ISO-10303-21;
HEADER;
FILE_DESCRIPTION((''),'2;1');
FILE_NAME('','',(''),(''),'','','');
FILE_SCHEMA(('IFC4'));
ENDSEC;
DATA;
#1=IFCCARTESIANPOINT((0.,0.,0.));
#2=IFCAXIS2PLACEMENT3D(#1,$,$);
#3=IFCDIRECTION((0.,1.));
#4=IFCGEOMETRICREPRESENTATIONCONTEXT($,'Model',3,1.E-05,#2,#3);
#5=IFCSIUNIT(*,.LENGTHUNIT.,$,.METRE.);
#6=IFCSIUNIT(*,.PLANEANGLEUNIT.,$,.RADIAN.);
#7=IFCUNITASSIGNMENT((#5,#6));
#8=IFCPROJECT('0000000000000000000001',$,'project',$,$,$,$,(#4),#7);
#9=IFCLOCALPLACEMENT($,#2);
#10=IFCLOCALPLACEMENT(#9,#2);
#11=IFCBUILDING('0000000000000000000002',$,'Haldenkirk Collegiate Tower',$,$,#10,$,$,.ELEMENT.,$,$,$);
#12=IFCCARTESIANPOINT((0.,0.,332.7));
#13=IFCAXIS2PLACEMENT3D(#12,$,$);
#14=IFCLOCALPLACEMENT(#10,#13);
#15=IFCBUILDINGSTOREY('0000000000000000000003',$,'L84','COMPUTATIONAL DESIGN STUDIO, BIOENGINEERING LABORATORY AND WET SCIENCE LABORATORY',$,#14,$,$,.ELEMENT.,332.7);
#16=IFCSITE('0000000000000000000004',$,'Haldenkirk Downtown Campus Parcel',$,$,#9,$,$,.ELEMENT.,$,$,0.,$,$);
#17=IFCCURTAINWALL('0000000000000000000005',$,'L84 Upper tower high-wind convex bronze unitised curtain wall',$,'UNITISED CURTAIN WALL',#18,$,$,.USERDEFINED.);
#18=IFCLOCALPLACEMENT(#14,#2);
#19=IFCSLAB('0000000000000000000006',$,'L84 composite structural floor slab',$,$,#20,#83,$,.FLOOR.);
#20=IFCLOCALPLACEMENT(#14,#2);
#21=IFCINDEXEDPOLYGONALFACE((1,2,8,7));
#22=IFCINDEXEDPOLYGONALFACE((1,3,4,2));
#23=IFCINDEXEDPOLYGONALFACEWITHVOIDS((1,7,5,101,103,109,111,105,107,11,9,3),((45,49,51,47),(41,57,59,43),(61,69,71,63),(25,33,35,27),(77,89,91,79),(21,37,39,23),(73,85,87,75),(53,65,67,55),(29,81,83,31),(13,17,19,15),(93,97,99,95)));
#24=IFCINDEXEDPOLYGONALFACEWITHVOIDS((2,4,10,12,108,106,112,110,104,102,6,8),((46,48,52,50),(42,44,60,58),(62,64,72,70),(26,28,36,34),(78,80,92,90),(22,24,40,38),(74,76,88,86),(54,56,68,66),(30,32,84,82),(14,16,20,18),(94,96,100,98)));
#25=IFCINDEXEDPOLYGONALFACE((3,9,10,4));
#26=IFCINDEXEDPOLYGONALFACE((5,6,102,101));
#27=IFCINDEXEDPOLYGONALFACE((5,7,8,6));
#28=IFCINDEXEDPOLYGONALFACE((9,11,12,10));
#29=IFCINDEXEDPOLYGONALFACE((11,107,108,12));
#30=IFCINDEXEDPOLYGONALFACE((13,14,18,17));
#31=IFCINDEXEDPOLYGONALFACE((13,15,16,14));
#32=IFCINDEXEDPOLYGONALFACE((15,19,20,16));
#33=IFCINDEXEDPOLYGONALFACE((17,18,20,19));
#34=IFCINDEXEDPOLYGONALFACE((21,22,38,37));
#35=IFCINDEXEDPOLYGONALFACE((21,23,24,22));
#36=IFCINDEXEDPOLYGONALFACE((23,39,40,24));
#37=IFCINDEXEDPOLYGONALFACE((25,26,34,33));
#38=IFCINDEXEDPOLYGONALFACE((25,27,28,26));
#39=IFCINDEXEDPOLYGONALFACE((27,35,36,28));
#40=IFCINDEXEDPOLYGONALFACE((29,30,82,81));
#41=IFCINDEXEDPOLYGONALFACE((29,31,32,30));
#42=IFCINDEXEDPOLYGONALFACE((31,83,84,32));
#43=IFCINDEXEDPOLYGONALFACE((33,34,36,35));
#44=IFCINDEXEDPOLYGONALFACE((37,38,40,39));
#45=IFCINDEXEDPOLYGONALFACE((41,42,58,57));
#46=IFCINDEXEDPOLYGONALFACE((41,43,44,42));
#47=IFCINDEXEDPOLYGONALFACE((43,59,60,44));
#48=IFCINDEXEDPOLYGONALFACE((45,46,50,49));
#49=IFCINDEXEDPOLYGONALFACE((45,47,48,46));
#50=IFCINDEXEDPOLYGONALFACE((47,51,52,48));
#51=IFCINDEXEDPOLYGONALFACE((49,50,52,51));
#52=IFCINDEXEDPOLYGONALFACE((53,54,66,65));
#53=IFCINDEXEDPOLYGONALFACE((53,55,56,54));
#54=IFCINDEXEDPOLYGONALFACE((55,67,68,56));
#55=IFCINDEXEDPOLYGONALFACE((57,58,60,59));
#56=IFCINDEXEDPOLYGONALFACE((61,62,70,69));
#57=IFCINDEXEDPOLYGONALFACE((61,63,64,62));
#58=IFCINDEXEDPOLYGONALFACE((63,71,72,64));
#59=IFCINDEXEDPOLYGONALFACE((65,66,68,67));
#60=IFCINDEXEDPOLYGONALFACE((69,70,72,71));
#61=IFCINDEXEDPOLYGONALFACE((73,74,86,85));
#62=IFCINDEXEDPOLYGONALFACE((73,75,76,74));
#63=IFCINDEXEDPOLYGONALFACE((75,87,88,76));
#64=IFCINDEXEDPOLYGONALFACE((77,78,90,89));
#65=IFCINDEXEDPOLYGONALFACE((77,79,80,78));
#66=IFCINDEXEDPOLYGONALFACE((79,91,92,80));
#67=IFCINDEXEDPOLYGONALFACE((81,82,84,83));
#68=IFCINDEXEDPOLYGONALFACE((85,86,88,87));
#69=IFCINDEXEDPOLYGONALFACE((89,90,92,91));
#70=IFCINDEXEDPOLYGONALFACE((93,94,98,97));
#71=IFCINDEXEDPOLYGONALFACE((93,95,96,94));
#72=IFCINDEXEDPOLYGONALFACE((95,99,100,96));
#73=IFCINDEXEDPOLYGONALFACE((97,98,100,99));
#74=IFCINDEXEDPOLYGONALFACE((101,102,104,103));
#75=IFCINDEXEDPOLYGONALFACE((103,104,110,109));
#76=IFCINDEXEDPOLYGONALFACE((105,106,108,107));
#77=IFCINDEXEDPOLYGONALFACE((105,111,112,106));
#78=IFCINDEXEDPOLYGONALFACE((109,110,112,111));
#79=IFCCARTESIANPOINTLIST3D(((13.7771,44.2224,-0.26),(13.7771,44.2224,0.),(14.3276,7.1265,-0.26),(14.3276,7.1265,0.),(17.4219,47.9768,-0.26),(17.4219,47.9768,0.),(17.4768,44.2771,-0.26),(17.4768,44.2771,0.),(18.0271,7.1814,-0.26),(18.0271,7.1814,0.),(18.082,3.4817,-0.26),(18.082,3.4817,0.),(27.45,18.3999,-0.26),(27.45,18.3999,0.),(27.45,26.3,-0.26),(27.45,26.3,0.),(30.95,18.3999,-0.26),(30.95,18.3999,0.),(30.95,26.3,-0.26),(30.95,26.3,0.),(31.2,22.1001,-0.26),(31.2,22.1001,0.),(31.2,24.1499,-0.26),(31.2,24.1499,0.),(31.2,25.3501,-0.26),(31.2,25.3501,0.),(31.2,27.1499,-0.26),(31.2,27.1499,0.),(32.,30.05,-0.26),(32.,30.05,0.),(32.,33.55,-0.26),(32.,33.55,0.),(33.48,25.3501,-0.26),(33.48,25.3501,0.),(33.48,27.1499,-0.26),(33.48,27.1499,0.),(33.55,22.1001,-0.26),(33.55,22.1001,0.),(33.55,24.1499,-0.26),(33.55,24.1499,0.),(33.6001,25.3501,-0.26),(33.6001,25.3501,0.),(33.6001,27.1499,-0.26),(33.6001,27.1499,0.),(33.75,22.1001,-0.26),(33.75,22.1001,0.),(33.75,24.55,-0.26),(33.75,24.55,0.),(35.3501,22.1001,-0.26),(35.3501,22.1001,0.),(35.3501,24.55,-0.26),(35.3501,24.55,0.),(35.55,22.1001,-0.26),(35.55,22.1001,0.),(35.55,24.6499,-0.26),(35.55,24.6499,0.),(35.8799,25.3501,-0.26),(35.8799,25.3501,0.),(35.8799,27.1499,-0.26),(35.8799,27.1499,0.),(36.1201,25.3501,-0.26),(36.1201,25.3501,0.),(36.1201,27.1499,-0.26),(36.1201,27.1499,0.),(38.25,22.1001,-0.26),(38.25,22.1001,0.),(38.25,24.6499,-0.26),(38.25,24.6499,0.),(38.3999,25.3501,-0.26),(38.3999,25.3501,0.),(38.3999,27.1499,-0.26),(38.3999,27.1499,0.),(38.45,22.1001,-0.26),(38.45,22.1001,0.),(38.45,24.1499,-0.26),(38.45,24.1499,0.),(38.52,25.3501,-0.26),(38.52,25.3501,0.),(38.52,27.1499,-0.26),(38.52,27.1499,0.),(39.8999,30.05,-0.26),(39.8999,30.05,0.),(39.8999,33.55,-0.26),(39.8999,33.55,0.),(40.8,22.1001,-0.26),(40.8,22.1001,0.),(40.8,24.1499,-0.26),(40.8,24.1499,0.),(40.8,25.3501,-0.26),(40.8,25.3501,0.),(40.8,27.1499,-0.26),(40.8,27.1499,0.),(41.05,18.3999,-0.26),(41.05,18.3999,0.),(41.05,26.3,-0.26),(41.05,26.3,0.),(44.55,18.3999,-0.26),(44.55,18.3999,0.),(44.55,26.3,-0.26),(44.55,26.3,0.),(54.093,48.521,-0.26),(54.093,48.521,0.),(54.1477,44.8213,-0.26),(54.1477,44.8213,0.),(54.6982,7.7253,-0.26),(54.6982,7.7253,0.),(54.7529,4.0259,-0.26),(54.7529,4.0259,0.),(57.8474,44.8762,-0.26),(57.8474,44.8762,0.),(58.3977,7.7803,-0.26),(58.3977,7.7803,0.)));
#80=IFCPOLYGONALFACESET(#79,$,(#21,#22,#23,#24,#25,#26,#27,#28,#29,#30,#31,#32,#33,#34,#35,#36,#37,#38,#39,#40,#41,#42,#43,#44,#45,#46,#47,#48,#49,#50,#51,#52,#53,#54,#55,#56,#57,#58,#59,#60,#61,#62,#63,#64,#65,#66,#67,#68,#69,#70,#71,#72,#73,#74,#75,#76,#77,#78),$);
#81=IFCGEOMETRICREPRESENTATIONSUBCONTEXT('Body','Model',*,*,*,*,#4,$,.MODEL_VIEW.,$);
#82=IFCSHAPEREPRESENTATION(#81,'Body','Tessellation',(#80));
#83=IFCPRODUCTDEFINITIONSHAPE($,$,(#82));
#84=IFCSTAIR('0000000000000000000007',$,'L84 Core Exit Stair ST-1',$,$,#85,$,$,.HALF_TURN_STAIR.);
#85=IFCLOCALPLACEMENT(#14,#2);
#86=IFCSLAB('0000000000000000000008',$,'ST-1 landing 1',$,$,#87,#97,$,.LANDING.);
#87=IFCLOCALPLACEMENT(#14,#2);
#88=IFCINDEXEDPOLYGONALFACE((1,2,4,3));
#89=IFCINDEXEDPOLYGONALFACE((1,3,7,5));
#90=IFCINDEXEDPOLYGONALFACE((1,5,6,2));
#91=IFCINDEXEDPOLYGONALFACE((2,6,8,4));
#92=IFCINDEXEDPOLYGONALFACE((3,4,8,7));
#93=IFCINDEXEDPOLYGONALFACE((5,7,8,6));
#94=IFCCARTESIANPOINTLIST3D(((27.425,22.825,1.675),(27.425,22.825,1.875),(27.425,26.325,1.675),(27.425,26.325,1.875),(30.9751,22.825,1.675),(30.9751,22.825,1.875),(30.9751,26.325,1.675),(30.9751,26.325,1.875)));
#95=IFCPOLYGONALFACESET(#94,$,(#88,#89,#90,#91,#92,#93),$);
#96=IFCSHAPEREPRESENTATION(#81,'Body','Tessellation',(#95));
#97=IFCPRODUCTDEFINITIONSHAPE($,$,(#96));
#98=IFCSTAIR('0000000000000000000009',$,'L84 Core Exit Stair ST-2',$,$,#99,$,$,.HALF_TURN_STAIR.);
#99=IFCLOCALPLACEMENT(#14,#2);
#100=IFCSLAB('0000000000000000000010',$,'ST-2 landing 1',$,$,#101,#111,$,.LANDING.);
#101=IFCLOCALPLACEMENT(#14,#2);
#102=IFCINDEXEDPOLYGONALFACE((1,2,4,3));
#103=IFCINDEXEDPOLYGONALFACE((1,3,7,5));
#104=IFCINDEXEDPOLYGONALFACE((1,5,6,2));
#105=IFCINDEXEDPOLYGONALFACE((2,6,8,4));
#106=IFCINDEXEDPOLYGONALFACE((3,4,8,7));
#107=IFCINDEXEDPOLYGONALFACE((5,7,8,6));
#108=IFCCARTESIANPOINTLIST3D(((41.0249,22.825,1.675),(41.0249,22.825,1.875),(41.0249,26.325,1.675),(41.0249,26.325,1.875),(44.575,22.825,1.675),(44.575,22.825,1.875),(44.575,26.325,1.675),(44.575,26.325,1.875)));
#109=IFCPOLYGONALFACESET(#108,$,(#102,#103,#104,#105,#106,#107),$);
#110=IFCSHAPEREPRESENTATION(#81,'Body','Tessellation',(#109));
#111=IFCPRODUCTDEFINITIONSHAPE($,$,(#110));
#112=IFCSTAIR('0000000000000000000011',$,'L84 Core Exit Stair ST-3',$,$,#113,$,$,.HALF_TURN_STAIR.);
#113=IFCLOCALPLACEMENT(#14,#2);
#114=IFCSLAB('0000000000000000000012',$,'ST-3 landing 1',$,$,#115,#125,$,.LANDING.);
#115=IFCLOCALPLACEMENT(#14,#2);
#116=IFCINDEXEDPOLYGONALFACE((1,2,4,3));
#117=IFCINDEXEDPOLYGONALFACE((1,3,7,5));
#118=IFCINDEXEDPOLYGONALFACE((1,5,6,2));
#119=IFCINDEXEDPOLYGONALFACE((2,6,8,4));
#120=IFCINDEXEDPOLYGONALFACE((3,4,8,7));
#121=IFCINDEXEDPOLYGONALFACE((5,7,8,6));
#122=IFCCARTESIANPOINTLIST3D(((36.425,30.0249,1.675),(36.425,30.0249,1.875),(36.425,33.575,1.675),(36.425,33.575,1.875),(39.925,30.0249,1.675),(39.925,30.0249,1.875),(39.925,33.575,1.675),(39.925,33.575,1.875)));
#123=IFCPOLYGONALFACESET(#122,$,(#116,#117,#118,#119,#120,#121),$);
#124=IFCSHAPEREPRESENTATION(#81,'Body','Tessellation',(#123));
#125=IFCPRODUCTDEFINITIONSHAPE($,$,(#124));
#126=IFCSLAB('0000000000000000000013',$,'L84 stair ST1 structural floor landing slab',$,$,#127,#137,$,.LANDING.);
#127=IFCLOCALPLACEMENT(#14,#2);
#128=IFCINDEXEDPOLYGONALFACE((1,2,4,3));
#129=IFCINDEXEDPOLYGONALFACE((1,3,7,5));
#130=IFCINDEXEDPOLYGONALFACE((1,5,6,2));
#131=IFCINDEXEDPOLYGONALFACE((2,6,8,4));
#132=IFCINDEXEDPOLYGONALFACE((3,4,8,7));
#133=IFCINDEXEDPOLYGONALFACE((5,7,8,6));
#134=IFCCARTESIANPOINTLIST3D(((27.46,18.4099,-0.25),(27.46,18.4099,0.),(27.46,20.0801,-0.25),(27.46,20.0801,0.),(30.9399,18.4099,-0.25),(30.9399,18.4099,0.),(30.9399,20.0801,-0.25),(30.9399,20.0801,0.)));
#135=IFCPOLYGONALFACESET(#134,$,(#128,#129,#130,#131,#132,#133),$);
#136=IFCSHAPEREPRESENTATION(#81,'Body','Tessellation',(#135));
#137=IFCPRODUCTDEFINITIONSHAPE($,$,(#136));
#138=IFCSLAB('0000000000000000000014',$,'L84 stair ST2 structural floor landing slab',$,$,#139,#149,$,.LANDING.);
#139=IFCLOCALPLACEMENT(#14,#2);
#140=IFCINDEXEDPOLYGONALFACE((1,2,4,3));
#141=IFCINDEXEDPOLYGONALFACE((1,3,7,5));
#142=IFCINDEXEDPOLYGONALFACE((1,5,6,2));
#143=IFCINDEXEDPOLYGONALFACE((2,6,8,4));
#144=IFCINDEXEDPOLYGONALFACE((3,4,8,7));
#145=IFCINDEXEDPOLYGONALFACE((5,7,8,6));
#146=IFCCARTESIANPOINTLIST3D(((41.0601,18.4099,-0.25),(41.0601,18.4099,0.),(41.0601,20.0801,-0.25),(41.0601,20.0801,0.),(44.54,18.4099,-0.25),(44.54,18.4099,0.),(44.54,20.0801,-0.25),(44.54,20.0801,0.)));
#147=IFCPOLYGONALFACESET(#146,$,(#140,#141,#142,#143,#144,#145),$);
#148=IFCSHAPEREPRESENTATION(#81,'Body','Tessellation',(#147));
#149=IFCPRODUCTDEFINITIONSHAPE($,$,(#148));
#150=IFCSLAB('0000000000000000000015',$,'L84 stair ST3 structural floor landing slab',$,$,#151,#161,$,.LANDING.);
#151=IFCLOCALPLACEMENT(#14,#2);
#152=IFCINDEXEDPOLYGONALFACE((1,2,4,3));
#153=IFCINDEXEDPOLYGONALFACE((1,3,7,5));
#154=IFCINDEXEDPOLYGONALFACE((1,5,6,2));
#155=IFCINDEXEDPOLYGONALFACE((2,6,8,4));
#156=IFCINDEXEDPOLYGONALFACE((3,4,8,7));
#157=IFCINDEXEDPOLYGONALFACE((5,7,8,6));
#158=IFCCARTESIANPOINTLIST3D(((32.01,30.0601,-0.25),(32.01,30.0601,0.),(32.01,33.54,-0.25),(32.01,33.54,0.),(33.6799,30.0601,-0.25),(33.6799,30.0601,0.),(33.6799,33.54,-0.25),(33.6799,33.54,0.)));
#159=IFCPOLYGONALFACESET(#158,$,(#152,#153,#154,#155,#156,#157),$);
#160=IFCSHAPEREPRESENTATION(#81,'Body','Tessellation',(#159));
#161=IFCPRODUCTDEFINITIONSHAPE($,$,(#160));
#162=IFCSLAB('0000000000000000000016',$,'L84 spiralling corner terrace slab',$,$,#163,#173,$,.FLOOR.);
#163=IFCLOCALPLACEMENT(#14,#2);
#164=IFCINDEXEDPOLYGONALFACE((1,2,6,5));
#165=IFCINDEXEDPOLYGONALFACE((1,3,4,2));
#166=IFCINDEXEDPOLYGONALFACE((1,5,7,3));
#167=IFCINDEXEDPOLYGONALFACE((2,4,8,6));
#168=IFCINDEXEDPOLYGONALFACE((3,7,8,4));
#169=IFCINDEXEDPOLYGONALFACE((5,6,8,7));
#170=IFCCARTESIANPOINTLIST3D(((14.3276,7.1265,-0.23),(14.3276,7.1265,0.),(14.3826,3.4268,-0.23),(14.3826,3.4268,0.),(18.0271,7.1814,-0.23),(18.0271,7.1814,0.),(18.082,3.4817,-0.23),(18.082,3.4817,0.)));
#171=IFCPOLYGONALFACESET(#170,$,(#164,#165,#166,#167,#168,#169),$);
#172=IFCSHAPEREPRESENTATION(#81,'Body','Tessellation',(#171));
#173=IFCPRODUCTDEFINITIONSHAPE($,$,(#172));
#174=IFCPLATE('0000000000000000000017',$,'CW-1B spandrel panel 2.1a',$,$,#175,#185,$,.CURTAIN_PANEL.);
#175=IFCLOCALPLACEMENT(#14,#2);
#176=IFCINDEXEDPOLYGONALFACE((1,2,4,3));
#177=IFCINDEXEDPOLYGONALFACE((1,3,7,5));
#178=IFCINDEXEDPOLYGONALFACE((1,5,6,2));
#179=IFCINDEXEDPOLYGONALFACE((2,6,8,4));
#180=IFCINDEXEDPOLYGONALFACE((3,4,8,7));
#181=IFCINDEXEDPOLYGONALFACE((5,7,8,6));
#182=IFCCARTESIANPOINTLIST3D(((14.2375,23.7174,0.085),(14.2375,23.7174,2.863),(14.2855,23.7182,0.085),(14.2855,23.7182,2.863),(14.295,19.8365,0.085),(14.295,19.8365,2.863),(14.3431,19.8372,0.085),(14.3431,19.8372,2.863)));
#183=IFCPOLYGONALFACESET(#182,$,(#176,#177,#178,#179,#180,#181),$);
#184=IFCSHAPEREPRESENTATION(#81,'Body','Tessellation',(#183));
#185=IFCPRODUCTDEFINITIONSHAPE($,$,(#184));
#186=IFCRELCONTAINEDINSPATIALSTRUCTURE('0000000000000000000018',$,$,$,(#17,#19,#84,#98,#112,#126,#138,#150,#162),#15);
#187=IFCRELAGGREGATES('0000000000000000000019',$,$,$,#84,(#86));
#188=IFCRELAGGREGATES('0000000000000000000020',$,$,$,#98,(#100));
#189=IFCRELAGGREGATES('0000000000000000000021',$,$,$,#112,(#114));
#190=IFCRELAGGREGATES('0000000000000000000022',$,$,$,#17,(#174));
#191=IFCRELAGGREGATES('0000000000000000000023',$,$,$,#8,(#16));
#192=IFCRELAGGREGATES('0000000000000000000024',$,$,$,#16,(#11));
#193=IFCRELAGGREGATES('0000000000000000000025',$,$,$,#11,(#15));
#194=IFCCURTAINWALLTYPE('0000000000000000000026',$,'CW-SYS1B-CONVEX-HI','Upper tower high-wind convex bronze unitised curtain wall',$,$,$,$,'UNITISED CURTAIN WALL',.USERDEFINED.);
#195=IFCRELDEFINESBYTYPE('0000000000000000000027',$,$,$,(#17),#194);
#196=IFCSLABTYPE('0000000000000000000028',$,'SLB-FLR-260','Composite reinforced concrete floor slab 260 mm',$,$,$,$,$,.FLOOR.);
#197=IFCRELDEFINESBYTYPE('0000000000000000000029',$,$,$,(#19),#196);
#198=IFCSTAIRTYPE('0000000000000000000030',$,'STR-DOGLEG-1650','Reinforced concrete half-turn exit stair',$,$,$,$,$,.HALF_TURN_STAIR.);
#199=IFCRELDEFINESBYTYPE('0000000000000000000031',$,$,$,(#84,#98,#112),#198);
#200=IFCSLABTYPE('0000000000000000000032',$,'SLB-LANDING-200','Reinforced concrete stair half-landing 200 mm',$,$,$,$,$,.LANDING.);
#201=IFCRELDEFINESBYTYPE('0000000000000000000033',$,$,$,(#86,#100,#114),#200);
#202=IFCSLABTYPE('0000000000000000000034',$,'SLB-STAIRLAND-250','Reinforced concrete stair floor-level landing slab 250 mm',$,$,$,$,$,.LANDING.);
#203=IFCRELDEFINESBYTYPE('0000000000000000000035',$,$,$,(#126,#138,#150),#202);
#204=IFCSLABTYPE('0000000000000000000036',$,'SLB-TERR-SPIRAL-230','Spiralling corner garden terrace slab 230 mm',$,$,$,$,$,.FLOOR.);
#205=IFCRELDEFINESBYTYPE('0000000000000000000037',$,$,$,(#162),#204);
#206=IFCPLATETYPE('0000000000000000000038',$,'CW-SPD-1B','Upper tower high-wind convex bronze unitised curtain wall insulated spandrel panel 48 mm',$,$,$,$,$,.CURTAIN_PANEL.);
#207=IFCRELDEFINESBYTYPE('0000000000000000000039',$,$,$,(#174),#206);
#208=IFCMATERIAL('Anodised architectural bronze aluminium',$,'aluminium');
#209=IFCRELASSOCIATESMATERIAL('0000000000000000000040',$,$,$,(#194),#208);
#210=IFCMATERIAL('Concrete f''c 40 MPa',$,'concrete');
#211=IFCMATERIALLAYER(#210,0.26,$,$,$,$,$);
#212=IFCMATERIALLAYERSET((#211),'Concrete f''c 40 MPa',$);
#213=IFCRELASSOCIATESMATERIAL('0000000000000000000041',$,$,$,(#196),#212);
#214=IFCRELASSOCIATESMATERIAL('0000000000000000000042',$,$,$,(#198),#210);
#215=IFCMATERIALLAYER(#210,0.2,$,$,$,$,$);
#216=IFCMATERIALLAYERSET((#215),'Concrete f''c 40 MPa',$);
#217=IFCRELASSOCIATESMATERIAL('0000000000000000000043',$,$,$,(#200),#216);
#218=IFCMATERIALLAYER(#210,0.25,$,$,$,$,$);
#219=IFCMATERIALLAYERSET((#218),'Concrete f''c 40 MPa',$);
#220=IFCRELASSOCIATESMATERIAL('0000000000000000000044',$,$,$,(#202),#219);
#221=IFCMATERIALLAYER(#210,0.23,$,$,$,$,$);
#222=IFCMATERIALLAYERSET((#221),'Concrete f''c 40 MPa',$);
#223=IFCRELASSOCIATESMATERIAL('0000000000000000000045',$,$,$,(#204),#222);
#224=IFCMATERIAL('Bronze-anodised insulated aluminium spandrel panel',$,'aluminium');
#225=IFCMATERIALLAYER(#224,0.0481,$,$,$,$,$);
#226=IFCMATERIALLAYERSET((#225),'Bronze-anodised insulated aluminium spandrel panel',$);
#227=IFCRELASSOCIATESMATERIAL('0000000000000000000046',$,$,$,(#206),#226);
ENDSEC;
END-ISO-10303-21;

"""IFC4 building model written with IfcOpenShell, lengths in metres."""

from ifc_helpers import new_model, si_unit, direction, frame, origin, origin_2d, place, context, subcontext, project, spatial, polyline, rectangle, outline, extrude, source, transform, mapped, material, layer, layer_set, type_object, element, aggregate, save


model = new_model("IFC4")

# Units and contexts
model_context = context("Model", 3, precision=1e-05, world=origin(), true_north=direction((0.0, 1.0)))
body_context = subcontext(model_context, "Body", "Model", "MODEL_VIEW")
ifc_project = project(units=[si_unit("LENGTHUNIT", "METRE"), si_unit("PLANEANGLEUNIT", "RADIAN")], contexts=[model_context])

# Site, building, storey
site_placement = place(None, origin())
site = spatial("IfcSite", under=ifc_project, at=site_placement, Name="Haldenkirk Downtown Campus Parcel", CompositionType="ELEMENT", RefElevation=0.0)
building_placement = place(site_placement, origin())
building = spatial("IfcBuilding", under=site, at=building_placement, Name="Haldenkirk Collegiate Tower", CompositionType="ELEMENT")
storey_placement = place(building_placement, frame((0.0, 0.0, 332.7)))
storey = spatial("IfcBuildingStorey", under=building, at=storey_placement, Name="L84", Description="COMPUTATIONAL DESIGN STUDIO, BIOENGINEERING LABORATORY AND WET SCIENCE LABORATORY", CompositionType="ELEMENT", Elevation=332.7)

# Curtain wall
ifc_material_1 = material(Name="Anodised architectural bronze aluminium", Category="aluminium")
curtain_wall_type = type_object("IfcCurtainWallType", Name="CW-SYS1B-CONVEX-HI", Description="Upper tower high-wind convex bronze unitised curtain wall", ElementType="UNITISED CURTAIN WALL", PredefinedType="USERDEFINED", material=ifc_material_1)
curtain_wall_placement = place(storey_placement, origin())
curtain_wall = element("IfcCurtainWall", 1, at=curtain_wall_placement, inside=storey, type_object=curtain_wall_type, Name="L84 Upper tower high-wind convex bronze unitised curtain wall", ObjectType="UNITISED CURTAIN WALL", PredefinedType="USERDEFINED")

# Slab
ifc_material_2 = material(Name="Concrete f'c 40 MPa", Category="concrete")
ifc_layer_1 = layer(ifc_material_2, 0.26)
ifc_layer_set_1 = layer_set([ifc_layer_1], Name="Concrete f'c 40 MPa")
slab_type_1 = type_object("IfcSlabType", Name="SLB-FLR-260", Description="Composite reinforced concrete floor slab 260 mm", PredefinedType="FLOOR", material=ifc_layer_set_1)
slab_1_placement = place(storey_placement, frame((0.0, 0.0, -0.26)))
element("IfcSlab", 2, at=slab_1_placement, inside=storey, type_object=slab_type_1, Name="L84 composite structural floor slab", PredefinedType="FLOOR", context=body_context, shape_type="SweptSolid", body=[
    extrude(outline(polyline([(58.3977, 7.7803), (57.8474, 44.8762), (54.1477, 44.8213), (54.093, 48.521), (17.4219, 47.9768), (17.4768, 44.2771), (13.7771, 44.2224), (14.3276, 7.1265), (18.0271, 7.1814), (18.082, 3.4817), (54.7529, 4.0259), (54.6982, 7.7253), (58.3977, 7.7803)]), holes=[polyline([(27.45, 18.3999), (30.95, 18.3999), (30.95, 26.3), (27.45, 26.3), (27.45, 18.3999)]), polyline([(41.05, 18.3999), (44.55, 18.3999), (44.55, 26.3), (41.05, 26.3), (41.05, 18.3999)]), polyline([(32.0, 30.05), (39.8999, 30.05), (39.8999, 33.55), (32.0, 33.55), (32.0, 30.05)]), polyline([(33.75, 22.1001), (35.3501, 22.1001), (35.3501, 24.55), (33.75, 24.55), (33.75, 22.1001)]), polyline([(31.2, 25.3501), (33.48, 25.3501), (33.48, 27.1499), (31.2, 27.1499), (31.2, 25.3501)]), polyline([(33.6001, 25.3501), (35.8799, 25.3501), (35.8799, 27.1499), (33.6001, 27.1499), (33.6001, 25.3501)]), polyline([(36.1201, 25.3501), (38.3999, 25.3501), (38.3999, 27.1499), (36.1201, 27.1499), (36.1201, 25.3501)]), polyline([(38.52, 25.3501), (40.8, 25.3501), (40.8, 27.1499), (38.52, 27.1499), (38.52, 25.3501)]), polyline([(31.2, 22.1001), (33.55, 22.1001), (33.55, 24.1499), (31.2, 24.1499), (31.2, 22.1001)]), polyline([(38.45, 22.1001), (40.8, 22.1001), (40.8, 24.1499), (38.45, 24.1499), (38.45, 22.1001)]), polyline([(35.55, 22.1001), (38.25, 22.1001), (38.25, 24.6499), (35.55, 24.6499), (35.55, 22.1001)])]), origin(), (0.0, 0.0, 1.0), 0.26),
])

# Stairs, slabs
stair_type = type_object("IfcStairType", Name="STR-DOGLEG-1650", Description="Reinforced concrete half-turn exit stair", PredefinedType="HALF_TURN_STAIR", material=ifc_material_2)
stair_1_placement = place(storey_placement, origin())
stair_1 = element("IfcStair", 3, at=stair_1_placement, inside=storey, type_object=stair_type, Name="L84 Core Exit Stair ST-1", PredefinedType="HALF_TURN_STAIR")
ifc_layer_2 = layer(ifc_material_2, 0.2)
ifc_layer_set_2 = layer_set([ifc_layer_2], Name="Concrete f'c 40 MPa")
slab_type_2 = type_object("IfcSlabType", Name="SLB-LANDING-200", Description="Reinforced concrete stair half-landing 200 mm", PredefinedType="LANDING", material=ifc_layer_set_2)
slab_2_placement = place(storey_placement, frame((0.0, 0.0, 1.675)))
slab_2 = element("IfcSlab", 4, at=slab_2_placement, type_object=slab_type_2, Name="ST-1 landing 1", PredefinedType="LANDING", context=body_context, shape_type="SweptSolid", body=[
    extrude(outline(polyline([(30.9751, 22.825), (27.425, 22.825), (27.425, 26.325), (30.9751, 26.325), (30.9751, 22.825)])), origin(), (0.0, 0.0, 1.0), 0.2),
])
aggregate(stair_1, [slab_2])
stair_2_placement = place(storey_placement, origin())
stair_2 = element("IfcStair", 5, at=stair_2_placement, inside=storey, type_object=stair_type, Name="L84 Core Exit Stair ST-2", PredefinedType="HALF_TURN_STAIR")
slab_3_placement = place(storey_placement, frame((0.0, 0.0, 1.675)))
slab_3 = element("IfcSlab", 6, at=slab_3_placement, type_object=slab_type_2, Name="ST-2 landing 1", PredefinedType="LANDING", context=body_context, shape_type="SweptSolid", body=[
    extrude(outline(polyline([(44.575, 22.825), (41.0249, 22.825), (41.0249, 26.325), (44.575, 26.325), (44.575, 22.825)])), origin(), (0.0, 0.0, 1.0), 0.2),
])
aggregate(stair_2, [slab_3])
stair_3_placement = place(storey_placement, origin())
stair_3 = element("IfcStair", 7, at=stair_3_placement, inside=storey, type_object=stair_type, Name="L84 Core Exit Stair ST-3", PredefinedType="HALF_TURN_STAIR")
slab_4_placement = place(storey_placement, frame((0.0, 0.0, 1.675)))
slab_4 = element("IfcSlab", 8, at=slab_4_placement, type_object=slab_type_2, Name="ST-3 landing 1", PredefinedType="LANDING", context=body_context, shape_type="SweptSolid", body=[
    extrude(outline(polyline([(36.425, 30.0249), (36.425, 33.575), (39.925, 33.575), (39.925, 30.0249), (36.425, 30.0249)])), origin(), (0.0, 0.0, 1.0), 0.2),
])
aggregate(stair_3, [slab_4])

# Slabs
ifc_layer_3 = layer(ifc_material_2, 0.25)
ifc_layer_set_3 = layer_set([ifc_layer_3], Name="Concrete f'c 40 MPa")
slab_type_3 = type_object("IfcSlabType", Name="SLB-STAIRLAND-250", Description="Reinforced concrete stair floor-level landing slab 250 mm", PredefinedType="LANDING", material=ifc_layer_set_3)
slab_5_placement = place(storey_placement, frame((0.0, 0.0, -0.25)))
element("IfcSlab", 9, at=slab_5_placement, inside=storey, type_object=slab_type_3, Name="L84 stair ST1 structural floor landing slab", PredefinedType="LANDING", context=body_context, shape_type="SweptSolid", body=[
    extrude(outline(polyline([(27.46, 18.4099), (30.9399, 18.4099), (30.9399, 20.0801), (27.46, 20.0801), (27.46, 18.4099)])), origin(), (0.0, 0.0, 1.0), 0.25),
])
slab_6_placement = place(storey_placement, frame((0.0, 0.0, -0.25)))
element("IfcSlab", 10, at=slab_6_placement, inside=storey, type_object=slab_type_3, Name="L84 stair ST2 structural floor landing slab", PredefinedType="LANDING", context=body_context, shape_type="SweptSolid", body=[
    extrude(outline(polyline([(41.0601, 18.4099), (44.54, 18.4099), (44.54, 20.0801), (41.0601, 20.0801), (41.0601, 18.4099)])), origin(), (0.0, 0.0, 1.0), 0.25),
])
slab_7_placement = place(storey_placement, frame((0.0, 0.0, -0.25)))
element("IfcSlab", 11, at=slab_7_placement, inside=storey, type_object=slab_type_3, Name="L84 stair ST3 structural floor landing slab", PredefinedType="LANDING", context=body_context, shape_type="SweptSolid", body=[
    extrude(outline(polyline([(32.01, 30.0601), (33.6799, 30.0601), (33.6799, 33.54), (32.01, 33.54), (32.01, 30.0601)])), origin(), (0.0, 0.0, 1.0), 0.25),
])
ifc_layer_4 = layer(ifc_material_2, 0.23)
ifc_layer_set_4 = layer_set([ifc_layer_4], Name="Concrete f'c 40 MPa")
slab_type_4 = type_object("IfcSlabType", Name="SLB-TERR-SPIRAL-230", Description="Spiralling corner garden terrace slab 230 mm", PredefinedType="FLOOR", material=ifc_layer_set_4)
slab_8_placement = place(storey_placement, frame((0.0, 0.0, -0.23)))
element("IfcSlab", 12, at=slab_8_placement, inside=storey, type_object=slab_type_4, Name="L84 spiralling corner terrace slab", PredefinedType="FLOOR", context=body_context, shape_type="SweptSolid", body=[
    extrude(outline(polyline([(18.082, 3.4817), (18.0271, 7.1814), (14.3276, 7.1265), (14.3826, 3.4268), (18.082, 3.4817)])), origin(), (0.0, 0.0, 1.0), 0.23),
])

# Plate
ifc_material_3 = material(Name="Bronze-anodised insulated aluminium spandrel panel", Category="aluminium")
ifc_layer_5 = layer(ifc_material_3, 0.0481)
ifc_layer_set_5 = layer_set([ifc_layer_5], Name="Bronze-anodised insulated aluminium spandrel panel")
plate_type_1 = type_object("IfcPlateType", Name="CW-SPD-1B", Description="Upper tower high-wind convex bronze unitised curtain wall insulated spandrel panel 48 mm", PredefinedType="CURTAIN_PANEL", material=ifc_layer_set_5)
shared_shape_1 = source(origin(), body_context, "Body", "SweptSolid", [
    extrude(rectangle(XDim=3.8813, YDim=0.0481, at=origin_2d()), origin(), (0.0, 0.0, 1.0), 2.7781),
])
plate_1_placement = place(storey_placement, frame((14.2903, 21.7773, 0.085), z_axis=(0.0, 0.0, 1.0), x_axis=(-0.014833, 0.99989, 0.0)))
plate_1 = element("IfcPlate", 13, at=plate_1_placement, type_object=plate_type_1, Name="CW-1B spandrel panel 2.1a", PredefinedType="CURTAIN_PANEL", context=body_context, shape_type="MappedRepresentation", body=[
    mapped(shared_shape_1, transform((0.0, 0.0, 0.0), x_axis=(1.0, 0.0, 0.0), y_axis=(0.0, 1.0, 0.0), z_axis=(0.0, 0.0, 1.0), scale=1.0)),
])
aggregate(curtain_wall, [plate_1])

save(model, "model.ifc")
